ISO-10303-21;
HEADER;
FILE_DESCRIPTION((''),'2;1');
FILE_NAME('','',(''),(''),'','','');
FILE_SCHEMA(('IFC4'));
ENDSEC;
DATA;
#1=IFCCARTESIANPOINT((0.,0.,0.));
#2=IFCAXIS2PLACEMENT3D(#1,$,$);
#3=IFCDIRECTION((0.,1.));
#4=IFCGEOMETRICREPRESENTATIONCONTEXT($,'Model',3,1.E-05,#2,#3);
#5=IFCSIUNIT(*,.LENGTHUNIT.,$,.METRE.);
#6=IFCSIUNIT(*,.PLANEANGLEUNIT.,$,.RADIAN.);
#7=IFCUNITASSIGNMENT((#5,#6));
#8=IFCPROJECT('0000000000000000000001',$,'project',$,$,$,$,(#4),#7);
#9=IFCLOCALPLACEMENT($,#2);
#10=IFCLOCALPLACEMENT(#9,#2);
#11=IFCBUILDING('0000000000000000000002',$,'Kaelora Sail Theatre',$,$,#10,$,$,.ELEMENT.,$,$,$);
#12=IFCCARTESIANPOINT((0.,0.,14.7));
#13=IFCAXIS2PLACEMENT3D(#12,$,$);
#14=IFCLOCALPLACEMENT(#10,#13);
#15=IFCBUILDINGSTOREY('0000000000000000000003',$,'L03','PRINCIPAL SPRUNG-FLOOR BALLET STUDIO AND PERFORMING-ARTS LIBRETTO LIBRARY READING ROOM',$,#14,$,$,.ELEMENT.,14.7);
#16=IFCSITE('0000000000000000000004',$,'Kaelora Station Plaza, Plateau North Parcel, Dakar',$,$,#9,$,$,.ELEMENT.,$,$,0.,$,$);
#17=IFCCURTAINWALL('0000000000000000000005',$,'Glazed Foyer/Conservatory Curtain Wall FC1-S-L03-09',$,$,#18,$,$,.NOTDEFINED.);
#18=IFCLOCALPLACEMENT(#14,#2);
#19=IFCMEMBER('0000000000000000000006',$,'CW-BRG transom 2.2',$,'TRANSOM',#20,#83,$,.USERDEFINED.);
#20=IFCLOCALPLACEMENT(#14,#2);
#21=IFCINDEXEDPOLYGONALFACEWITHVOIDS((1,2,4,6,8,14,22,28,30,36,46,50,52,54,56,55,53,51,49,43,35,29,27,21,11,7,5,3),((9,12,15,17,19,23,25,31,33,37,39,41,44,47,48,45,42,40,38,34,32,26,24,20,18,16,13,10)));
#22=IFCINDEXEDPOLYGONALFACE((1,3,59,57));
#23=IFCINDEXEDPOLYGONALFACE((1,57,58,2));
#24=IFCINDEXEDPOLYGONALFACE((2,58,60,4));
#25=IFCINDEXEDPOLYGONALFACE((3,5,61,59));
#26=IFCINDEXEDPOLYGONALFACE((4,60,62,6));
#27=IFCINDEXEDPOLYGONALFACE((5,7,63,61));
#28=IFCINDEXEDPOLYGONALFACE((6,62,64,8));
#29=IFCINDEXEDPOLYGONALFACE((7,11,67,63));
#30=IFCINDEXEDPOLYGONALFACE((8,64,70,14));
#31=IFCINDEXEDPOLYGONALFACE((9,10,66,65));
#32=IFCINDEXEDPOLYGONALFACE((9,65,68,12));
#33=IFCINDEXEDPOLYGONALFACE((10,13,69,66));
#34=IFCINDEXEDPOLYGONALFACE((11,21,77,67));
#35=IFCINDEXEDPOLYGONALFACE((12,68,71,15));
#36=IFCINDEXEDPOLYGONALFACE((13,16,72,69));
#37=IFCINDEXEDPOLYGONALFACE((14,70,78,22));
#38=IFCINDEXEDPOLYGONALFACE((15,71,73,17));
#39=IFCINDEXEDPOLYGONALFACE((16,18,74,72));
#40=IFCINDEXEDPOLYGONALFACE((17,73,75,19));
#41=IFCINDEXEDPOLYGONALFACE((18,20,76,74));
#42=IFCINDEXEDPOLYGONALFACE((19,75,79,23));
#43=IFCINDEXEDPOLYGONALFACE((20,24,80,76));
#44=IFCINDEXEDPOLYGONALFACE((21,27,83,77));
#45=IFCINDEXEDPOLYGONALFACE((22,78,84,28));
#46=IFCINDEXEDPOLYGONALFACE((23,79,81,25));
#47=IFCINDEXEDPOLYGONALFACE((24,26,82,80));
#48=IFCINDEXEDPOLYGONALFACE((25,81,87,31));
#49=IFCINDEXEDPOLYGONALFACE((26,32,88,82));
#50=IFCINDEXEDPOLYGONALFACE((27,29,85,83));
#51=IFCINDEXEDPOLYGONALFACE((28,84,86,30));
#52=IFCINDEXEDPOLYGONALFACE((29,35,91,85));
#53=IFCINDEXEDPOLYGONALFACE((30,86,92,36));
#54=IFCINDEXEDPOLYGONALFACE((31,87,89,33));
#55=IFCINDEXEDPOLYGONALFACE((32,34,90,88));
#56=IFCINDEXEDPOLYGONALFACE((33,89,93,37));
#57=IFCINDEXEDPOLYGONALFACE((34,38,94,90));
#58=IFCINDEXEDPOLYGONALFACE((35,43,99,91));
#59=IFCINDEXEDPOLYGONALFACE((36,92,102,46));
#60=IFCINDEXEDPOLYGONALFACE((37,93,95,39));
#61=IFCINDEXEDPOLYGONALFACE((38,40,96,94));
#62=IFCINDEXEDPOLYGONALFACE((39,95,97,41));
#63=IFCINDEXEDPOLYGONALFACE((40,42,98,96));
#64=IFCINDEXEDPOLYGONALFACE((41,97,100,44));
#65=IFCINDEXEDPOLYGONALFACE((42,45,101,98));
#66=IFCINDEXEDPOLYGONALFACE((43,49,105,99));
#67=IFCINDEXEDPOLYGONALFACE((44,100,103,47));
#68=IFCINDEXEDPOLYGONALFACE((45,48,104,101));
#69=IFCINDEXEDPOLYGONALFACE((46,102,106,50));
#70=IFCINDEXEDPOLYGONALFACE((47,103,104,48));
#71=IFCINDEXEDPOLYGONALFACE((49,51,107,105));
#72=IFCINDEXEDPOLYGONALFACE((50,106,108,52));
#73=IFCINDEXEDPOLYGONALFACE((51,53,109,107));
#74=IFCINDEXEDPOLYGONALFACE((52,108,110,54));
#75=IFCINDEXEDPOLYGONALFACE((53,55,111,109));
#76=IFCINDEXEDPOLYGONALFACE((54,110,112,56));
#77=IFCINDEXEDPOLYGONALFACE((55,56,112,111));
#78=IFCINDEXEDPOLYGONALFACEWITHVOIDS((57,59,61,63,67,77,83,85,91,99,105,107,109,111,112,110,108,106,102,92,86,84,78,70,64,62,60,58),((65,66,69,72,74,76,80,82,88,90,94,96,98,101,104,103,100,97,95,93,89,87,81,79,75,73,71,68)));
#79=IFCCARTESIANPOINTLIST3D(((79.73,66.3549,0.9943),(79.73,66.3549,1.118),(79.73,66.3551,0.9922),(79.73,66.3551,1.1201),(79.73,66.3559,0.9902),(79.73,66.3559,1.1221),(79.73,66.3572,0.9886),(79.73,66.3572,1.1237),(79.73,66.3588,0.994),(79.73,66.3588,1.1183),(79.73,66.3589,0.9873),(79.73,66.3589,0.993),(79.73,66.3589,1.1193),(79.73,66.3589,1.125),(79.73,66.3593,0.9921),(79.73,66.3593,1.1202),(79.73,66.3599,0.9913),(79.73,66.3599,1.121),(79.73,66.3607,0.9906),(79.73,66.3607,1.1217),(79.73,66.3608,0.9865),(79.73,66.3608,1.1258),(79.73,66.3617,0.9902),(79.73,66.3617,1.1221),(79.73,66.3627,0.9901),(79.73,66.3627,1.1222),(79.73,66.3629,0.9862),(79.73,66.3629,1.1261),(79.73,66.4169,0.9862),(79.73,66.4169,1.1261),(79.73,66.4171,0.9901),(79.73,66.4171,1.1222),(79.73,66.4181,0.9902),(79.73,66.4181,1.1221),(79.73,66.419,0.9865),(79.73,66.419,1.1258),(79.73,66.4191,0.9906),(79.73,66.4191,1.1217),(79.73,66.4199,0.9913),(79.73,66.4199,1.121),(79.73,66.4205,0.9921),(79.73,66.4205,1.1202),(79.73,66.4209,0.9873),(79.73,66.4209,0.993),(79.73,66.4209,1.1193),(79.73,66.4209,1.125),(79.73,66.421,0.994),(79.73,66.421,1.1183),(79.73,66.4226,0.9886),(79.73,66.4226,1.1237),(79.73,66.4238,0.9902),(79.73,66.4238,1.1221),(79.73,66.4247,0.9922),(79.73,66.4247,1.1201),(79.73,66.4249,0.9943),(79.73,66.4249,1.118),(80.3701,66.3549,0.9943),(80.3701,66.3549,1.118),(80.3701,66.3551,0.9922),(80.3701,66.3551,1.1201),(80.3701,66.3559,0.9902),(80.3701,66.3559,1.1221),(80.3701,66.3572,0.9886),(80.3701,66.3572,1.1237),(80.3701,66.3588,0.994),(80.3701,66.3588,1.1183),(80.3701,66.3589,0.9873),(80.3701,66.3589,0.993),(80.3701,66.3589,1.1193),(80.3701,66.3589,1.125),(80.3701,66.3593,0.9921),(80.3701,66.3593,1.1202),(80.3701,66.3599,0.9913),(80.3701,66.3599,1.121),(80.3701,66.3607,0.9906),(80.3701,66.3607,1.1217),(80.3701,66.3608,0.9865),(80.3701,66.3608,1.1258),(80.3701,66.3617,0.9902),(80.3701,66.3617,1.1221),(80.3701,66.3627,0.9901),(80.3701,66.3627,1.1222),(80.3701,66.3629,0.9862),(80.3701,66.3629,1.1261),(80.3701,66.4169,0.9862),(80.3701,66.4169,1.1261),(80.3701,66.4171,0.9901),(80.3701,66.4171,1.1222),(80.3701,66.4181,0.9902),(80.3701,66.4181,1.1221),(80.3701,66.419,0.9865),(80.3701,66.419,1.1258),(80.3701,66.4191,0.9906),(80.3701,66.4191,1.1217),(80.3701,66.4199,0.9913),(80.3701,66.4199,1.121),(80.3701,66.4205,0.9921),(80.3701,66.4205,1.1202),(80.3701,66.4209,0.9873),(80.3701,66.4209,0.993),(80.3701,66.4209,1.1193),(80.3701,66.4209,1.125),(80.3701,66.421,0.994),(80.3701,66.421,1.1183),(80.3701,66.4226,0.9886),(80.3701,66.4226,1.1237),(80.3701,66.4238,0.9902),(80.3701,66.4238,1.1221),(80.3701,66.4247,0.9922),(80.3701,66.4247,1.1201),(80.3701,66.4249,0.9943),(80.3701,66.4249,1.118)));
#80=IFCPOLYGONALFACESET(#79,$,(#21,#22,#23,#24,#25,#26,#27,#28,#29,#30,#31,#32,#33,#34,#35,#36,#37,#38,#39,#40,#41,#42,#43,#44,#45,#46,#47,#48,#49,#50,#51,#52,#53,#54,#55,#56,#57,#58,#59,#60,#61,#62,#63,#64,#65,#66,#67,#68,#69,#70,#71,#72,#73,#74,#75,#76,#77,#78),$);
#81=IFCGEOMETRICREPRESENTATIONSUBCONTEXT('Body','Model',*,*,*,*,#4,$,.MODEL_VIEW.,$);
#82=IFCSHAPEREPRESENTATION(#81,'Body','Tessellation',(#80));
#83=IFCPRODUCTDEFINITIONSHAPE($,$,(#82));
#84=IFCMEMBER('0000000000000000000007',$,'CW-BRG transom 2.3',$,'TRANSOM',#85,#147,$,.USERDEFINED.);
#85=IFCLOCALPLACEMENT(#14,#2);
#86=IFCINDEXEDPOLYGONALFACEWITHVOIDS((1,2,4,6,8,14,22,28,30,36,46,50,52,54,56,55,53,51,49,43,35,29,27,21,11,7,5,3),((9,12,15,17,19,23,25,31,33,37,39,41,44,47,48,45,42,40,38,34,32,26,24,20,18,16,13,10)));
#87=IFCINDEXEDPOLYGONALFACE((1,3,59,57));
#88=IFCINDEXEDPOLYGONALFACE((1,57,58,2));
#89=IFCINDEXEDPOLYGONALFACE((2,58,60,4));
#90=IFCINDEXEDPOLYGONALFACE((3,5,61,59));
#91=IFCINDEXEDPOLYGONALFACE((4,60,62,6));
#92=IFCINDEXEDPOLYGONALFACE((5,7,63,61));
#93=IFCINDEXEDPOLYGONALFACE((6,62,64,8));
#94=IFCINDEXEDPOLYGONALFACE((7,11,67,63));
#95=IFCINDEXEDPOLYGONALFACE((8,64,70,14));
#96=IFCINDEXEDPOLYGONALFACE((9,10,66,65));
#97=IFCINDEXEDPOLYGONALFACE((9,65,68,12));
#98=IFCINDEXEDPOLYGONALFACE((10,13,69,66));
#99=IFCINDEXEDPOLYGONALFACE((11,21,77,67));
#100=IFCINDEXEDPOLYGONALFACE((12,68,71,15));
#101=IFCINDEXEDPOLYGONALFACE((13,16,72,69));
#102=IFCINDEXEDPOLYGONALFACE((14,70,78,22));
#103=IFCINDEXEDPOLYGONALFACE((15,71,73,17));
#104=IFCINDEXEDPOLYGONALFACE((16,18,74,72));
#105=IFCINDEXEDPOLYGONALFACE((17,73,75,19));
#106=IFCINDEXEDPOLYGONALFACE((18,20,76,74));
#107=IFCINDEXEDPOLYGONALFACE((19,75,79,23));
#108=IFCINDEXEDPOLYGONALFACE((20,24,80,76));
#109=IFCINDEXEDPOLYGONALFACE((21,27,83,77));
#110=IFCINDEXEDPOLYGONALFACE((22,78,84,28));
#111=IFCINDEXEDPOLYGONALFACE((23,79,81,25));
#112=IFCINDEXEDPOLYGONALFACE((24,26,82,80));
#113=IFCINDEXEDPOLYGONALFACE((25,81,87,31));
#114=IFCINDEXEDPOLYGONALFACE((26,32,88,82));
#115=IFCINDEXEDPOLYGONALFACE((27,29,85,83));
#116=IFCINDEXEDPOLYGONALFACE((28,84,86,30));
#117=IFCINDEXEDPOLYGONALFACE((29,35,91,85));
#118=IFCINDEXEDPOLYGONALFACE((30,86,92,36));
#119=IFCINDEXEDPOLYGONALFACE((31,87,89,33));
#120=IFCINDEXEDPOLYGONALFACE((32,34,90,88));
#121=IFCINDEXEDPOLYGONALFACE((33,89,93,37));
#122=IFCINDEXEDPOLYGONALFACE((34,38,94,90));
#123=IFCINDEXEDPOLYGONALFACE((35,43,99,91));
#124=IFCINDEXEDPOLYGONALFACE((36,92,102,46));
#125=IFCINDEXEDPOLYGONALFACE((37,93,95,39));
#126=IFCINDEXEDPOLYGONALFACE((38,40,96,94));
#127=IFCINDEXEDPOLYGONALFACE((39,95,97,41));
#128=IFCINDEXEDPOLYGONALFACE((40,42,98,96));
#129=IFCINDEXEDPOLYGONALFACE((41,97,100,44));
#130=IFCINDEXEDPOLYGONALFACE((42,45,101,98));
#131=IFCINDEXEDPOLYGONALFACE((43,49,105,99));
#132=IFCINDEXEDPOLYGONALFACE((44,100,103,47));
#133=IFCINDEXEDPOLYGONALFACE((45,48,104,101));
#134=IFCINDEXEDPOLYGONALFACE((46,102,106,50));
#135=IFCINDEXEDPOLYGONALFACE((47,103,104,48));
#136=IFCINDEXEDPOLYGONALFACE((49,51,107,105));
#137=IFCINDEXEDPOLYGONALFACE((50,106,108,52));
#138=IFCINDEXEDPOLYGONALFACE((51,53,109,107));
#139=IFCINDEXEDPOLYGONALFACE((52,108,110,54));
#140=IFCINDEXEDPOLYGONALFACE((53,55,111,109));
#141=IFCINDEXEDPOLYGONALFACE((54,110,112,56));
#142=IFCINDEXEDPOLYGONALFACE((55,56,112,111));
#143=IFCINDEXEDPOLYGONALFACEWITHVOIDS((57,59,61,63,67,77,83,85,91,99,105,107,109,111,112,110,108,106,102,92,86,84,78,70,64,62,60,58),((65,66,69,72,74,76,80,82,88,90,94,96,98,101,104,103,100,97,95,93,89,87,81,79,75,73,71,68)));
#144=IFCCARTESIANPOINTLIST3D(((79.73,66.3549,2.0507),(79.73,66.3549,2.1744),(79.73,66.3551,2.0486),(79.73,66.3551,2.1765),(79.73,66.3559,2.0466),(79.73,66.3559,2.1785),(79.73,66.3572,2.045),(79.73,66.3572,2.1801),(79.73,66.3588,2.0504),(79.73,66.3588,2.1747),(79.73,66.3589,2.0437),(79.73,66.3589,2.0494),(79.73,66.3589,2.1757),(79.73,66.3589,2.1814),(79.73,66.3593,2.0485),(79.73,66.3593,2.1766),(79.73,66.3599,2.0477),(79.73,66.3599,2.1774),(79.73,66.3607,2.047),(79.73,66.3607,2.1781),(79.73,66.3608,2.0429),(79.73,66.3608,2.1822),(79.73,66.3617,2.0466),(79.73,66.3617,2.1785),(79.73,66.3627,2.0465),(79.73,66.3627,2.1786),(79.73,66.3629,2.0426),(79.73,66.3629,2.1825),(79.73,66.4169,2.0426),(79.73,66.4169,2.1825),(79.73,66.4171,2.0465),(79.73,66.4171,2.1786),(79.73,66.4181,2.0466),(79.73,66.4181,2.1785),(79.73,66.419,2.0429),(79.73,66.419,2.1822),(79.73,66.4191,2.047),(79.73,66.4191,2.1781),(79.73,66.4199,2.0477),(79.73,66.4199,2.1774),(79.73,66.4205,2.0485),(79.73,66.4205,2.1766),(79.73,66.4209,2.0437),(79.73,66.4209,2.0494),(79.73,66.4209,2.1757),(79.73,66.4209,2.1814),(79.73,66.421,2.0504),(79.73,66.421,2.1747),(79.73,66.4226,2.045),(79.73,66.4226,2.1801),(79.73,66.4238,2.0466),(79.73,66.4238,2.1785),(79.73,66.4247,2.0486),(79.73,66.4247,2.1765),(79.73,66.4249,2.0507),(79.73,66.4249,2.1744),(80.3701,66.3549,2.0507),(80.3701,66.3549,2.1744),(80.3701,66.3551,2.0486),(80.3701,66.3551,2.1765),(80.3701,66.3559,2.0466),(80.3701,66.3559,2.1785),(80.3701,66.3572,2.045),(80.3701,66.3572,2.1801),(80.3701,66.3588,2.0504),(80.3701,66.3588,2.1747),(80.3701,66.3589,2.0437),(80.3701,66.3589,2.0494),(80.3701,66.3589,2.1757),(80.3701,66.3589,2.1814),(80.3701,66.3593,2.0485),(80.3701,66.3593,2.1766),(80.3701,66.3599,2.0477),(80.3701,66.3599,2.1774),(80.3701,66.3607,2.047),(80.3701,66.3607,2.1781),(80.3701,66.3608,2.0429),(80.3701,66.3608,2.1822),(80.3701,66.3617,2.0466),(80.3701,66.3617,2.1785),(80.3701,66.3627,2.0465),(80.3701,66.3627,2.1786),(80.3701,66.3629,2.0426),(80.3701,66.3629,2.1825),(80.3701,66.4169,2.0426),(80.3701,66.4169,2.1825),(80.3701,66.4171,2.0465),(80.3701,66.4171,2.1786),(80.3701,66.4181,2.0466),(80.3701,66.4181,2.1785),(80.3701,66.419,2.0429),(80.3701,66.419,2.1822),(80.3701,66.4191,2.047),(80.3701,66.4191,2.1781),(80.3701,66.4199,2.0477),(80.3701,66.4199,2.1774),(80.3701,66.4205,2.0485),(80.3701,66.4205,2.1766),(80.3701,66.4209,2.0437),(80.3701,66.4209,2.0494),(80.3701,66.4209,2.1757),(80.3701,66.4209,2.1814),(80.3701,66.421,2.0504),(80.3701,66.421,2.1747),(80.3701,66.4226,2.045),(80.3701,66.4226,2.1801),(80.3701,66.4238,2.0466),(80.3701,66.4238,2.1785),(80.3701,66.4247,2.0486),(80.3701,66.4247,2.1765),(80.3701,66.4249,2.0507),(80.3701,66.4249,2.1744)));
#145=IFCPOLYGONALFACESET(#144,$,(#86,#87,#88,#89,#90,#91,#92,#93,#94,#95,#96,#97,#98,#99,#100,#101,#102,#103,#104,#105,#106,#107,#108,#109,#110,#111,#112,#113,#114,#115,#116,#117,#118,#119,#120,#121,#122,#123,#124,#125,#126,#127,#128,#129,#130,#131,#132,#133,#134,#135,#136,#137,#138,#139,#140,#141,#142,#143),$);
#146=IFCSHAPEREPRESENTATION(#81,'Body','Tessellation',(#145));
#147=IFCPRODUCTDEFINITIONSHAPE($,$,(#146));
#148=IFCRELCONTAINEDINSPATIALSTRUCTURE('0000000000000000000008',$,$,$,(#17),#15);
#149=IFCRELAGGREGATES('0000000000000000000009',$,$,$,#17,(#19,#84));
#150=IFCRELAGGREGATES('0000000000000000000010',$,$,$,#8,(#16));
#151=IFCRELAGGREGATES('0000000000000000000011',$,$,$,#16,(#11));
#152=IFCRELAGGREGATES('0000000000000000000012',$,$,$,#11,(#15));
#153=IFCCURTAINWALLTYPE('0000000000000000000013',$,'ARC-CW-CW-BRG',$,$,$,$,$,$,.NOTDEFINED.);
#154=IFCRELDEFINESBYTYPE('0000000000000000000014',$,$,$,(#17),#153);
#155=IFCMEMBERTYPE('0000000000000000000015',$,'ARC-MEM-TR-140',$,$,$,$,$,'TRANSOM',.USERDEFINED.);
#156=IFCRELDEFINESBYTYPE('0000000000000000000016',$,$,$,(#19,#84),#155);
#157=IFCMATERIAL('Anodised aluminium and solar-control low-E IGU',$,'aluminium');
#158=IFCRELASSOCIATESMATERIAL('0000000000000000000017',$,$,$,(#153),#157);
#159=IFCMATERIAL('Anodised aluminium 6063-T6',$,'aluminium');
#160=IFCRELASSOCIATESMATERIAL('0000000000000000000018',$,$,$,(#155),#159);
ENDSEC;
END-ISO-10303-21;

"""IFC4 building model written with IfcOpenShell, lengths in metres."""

from ifc_helpers import new_model, si_unit, direction, frame, origin, origin_2d, place, context, subcontext, project, spatial, hollow_rectangle, extrude, material, material_profile, profile_set, type_object, element, aggregate, save


model = new_model("IFC4")

# Units and contexts
model_context = context("Model", 3, precision=1e-05, world=origin(), true_north=direction((0.0, 1.0)))
body_context = subcontext(model_context, "Body", "Model", "MODEL_VIEW")
ifc_project = project(units=[si_unit("LENGTHUNIT", "METRE"), si_unit("PLANEANGLEUNIT", "RADIAN")], contexts=[model_context])

# Site, building, storey
site_placement = place(None, origin())
site = spatial("IfcSite", under=ifc_project, at=site_placement, Name="Kaelora Station Plaza, Plateau North Parcel, Dakar", CompositionType="ELEMENT", RefElevation=0.0)
building_placement = place(site_placement, origin())
building = spatial("IfcBuilding", under=site, at=building_placement, Name="Kaelora Sail Theatre", CompositionType="ELEMENT")
storey_placement = place(building_placement, frame((0.0, 0.0, 14.7)))
storey = spatial("IfcBuildingStorey", under=building, at=storey_placement, Name="L03", Description="PRINCIPAL SPRUNG-FLOOR BALLET STUDIO AND PERFORMING-ARTS LIBRETTO LIBRARY READING ROOM", CompositionType="ELEMENT", Elevation=14.7)

# Curtain wall, members
ifc_material_1 = material(Name="Anodised aluminium and solar-control low-E IGU", Category="aluminium")
curtain_wall_type = type_object("IfcCurtainWallType", Name="ARC-CW-CW-BRG", PredefinedType="NOTDEFINED", material=ifc_material_1)
curtain_wall_placement = place(storey_placement, origin())
curtain_wall = element("IfcCurtainWall", 1, at=curtain_wall_placement, inside=storey, type_object=curtain_wall_type, Name="Glazed Foyer/Conservatory Curtain Wall FC1-S-L03-09", PredefinedType="NOTDEFINED")
ifc_material_2 = material(Name="Anodised aluminium 6063-T6", Category="aluminium")
ifc_material_profile_1 = material_profile(ifc_material_2, hollow_rectangle(XDim=0.0701, YDim=0.1399, WallThickness=0.0039, InnerFilletRadius=0.0039, OuterFilletRadius=0.0081, at=origin_2d()), Name="ALU-TRAN 70x140x4")
ifc_profile_set_1 = profile_set([ifc_material_profile_1], Name="Anodised aluminium 6063-T6")
member_type_1 = type_object("IfcMemberType", Name="ARC-MEM-TR-140", ElementType="TRANSOM", PredefinedType="USERDEFINED", material=ifc_profile_set_1)
member_1_placement = place(storey_placement, frame((79.73, 66.3899, 1.0562), z_axis=(1.0, 0.0, 0.0), x_axis=(0.0, 1.0, 0.0)))
member_1 = element("IfcMember", 2, at=member_1_placement, type_object=member_type_1, Name="CW-BRG transom 2.2", ObjectType="TRANSOM", PredefinedType="USERDEFINED", context=body_context, shape_type="SweptSolid", body=[
    extrude(hollow_rectangle(XDim=0.0701, YDim=0.1399, WallThickness=0.0039, InnerFilletRadius=0.0039, OuterFilletRadius=0.0081, at=origin_2d()), origin(), (0.0, 0.0, 1.0), 0.6401),
])
member_2_placement = place(storey_placement, frame((79.73, 66.3899, 2.1125), z_axis=(1.0, 0.0, 0.0), x_axis=(0.0, 1.0, 0.0)))
member_2 = element("IfcMember", 3, at=member_2_placement, type_object=member_type_1, Name="CW-BRG transom 2.3", ObjectType="TRANSOM", PredefinedType="USERDEFINED", context=body_context, shape_type="SweptSolid", body=[
    extrude(hollow_rectangle(XDim=0.0701, YDim=0.1399, WallThickness=0.0039, InnerFilletRadius=0.0039, OuterFilletRadius=0.0081, at=origin_2d()), origin(), (0.0, 0.0, 1.0), 0.6401),
])
aggregate(curtain_wall, [member_1, member_2])

save(model, "model.ifc")
